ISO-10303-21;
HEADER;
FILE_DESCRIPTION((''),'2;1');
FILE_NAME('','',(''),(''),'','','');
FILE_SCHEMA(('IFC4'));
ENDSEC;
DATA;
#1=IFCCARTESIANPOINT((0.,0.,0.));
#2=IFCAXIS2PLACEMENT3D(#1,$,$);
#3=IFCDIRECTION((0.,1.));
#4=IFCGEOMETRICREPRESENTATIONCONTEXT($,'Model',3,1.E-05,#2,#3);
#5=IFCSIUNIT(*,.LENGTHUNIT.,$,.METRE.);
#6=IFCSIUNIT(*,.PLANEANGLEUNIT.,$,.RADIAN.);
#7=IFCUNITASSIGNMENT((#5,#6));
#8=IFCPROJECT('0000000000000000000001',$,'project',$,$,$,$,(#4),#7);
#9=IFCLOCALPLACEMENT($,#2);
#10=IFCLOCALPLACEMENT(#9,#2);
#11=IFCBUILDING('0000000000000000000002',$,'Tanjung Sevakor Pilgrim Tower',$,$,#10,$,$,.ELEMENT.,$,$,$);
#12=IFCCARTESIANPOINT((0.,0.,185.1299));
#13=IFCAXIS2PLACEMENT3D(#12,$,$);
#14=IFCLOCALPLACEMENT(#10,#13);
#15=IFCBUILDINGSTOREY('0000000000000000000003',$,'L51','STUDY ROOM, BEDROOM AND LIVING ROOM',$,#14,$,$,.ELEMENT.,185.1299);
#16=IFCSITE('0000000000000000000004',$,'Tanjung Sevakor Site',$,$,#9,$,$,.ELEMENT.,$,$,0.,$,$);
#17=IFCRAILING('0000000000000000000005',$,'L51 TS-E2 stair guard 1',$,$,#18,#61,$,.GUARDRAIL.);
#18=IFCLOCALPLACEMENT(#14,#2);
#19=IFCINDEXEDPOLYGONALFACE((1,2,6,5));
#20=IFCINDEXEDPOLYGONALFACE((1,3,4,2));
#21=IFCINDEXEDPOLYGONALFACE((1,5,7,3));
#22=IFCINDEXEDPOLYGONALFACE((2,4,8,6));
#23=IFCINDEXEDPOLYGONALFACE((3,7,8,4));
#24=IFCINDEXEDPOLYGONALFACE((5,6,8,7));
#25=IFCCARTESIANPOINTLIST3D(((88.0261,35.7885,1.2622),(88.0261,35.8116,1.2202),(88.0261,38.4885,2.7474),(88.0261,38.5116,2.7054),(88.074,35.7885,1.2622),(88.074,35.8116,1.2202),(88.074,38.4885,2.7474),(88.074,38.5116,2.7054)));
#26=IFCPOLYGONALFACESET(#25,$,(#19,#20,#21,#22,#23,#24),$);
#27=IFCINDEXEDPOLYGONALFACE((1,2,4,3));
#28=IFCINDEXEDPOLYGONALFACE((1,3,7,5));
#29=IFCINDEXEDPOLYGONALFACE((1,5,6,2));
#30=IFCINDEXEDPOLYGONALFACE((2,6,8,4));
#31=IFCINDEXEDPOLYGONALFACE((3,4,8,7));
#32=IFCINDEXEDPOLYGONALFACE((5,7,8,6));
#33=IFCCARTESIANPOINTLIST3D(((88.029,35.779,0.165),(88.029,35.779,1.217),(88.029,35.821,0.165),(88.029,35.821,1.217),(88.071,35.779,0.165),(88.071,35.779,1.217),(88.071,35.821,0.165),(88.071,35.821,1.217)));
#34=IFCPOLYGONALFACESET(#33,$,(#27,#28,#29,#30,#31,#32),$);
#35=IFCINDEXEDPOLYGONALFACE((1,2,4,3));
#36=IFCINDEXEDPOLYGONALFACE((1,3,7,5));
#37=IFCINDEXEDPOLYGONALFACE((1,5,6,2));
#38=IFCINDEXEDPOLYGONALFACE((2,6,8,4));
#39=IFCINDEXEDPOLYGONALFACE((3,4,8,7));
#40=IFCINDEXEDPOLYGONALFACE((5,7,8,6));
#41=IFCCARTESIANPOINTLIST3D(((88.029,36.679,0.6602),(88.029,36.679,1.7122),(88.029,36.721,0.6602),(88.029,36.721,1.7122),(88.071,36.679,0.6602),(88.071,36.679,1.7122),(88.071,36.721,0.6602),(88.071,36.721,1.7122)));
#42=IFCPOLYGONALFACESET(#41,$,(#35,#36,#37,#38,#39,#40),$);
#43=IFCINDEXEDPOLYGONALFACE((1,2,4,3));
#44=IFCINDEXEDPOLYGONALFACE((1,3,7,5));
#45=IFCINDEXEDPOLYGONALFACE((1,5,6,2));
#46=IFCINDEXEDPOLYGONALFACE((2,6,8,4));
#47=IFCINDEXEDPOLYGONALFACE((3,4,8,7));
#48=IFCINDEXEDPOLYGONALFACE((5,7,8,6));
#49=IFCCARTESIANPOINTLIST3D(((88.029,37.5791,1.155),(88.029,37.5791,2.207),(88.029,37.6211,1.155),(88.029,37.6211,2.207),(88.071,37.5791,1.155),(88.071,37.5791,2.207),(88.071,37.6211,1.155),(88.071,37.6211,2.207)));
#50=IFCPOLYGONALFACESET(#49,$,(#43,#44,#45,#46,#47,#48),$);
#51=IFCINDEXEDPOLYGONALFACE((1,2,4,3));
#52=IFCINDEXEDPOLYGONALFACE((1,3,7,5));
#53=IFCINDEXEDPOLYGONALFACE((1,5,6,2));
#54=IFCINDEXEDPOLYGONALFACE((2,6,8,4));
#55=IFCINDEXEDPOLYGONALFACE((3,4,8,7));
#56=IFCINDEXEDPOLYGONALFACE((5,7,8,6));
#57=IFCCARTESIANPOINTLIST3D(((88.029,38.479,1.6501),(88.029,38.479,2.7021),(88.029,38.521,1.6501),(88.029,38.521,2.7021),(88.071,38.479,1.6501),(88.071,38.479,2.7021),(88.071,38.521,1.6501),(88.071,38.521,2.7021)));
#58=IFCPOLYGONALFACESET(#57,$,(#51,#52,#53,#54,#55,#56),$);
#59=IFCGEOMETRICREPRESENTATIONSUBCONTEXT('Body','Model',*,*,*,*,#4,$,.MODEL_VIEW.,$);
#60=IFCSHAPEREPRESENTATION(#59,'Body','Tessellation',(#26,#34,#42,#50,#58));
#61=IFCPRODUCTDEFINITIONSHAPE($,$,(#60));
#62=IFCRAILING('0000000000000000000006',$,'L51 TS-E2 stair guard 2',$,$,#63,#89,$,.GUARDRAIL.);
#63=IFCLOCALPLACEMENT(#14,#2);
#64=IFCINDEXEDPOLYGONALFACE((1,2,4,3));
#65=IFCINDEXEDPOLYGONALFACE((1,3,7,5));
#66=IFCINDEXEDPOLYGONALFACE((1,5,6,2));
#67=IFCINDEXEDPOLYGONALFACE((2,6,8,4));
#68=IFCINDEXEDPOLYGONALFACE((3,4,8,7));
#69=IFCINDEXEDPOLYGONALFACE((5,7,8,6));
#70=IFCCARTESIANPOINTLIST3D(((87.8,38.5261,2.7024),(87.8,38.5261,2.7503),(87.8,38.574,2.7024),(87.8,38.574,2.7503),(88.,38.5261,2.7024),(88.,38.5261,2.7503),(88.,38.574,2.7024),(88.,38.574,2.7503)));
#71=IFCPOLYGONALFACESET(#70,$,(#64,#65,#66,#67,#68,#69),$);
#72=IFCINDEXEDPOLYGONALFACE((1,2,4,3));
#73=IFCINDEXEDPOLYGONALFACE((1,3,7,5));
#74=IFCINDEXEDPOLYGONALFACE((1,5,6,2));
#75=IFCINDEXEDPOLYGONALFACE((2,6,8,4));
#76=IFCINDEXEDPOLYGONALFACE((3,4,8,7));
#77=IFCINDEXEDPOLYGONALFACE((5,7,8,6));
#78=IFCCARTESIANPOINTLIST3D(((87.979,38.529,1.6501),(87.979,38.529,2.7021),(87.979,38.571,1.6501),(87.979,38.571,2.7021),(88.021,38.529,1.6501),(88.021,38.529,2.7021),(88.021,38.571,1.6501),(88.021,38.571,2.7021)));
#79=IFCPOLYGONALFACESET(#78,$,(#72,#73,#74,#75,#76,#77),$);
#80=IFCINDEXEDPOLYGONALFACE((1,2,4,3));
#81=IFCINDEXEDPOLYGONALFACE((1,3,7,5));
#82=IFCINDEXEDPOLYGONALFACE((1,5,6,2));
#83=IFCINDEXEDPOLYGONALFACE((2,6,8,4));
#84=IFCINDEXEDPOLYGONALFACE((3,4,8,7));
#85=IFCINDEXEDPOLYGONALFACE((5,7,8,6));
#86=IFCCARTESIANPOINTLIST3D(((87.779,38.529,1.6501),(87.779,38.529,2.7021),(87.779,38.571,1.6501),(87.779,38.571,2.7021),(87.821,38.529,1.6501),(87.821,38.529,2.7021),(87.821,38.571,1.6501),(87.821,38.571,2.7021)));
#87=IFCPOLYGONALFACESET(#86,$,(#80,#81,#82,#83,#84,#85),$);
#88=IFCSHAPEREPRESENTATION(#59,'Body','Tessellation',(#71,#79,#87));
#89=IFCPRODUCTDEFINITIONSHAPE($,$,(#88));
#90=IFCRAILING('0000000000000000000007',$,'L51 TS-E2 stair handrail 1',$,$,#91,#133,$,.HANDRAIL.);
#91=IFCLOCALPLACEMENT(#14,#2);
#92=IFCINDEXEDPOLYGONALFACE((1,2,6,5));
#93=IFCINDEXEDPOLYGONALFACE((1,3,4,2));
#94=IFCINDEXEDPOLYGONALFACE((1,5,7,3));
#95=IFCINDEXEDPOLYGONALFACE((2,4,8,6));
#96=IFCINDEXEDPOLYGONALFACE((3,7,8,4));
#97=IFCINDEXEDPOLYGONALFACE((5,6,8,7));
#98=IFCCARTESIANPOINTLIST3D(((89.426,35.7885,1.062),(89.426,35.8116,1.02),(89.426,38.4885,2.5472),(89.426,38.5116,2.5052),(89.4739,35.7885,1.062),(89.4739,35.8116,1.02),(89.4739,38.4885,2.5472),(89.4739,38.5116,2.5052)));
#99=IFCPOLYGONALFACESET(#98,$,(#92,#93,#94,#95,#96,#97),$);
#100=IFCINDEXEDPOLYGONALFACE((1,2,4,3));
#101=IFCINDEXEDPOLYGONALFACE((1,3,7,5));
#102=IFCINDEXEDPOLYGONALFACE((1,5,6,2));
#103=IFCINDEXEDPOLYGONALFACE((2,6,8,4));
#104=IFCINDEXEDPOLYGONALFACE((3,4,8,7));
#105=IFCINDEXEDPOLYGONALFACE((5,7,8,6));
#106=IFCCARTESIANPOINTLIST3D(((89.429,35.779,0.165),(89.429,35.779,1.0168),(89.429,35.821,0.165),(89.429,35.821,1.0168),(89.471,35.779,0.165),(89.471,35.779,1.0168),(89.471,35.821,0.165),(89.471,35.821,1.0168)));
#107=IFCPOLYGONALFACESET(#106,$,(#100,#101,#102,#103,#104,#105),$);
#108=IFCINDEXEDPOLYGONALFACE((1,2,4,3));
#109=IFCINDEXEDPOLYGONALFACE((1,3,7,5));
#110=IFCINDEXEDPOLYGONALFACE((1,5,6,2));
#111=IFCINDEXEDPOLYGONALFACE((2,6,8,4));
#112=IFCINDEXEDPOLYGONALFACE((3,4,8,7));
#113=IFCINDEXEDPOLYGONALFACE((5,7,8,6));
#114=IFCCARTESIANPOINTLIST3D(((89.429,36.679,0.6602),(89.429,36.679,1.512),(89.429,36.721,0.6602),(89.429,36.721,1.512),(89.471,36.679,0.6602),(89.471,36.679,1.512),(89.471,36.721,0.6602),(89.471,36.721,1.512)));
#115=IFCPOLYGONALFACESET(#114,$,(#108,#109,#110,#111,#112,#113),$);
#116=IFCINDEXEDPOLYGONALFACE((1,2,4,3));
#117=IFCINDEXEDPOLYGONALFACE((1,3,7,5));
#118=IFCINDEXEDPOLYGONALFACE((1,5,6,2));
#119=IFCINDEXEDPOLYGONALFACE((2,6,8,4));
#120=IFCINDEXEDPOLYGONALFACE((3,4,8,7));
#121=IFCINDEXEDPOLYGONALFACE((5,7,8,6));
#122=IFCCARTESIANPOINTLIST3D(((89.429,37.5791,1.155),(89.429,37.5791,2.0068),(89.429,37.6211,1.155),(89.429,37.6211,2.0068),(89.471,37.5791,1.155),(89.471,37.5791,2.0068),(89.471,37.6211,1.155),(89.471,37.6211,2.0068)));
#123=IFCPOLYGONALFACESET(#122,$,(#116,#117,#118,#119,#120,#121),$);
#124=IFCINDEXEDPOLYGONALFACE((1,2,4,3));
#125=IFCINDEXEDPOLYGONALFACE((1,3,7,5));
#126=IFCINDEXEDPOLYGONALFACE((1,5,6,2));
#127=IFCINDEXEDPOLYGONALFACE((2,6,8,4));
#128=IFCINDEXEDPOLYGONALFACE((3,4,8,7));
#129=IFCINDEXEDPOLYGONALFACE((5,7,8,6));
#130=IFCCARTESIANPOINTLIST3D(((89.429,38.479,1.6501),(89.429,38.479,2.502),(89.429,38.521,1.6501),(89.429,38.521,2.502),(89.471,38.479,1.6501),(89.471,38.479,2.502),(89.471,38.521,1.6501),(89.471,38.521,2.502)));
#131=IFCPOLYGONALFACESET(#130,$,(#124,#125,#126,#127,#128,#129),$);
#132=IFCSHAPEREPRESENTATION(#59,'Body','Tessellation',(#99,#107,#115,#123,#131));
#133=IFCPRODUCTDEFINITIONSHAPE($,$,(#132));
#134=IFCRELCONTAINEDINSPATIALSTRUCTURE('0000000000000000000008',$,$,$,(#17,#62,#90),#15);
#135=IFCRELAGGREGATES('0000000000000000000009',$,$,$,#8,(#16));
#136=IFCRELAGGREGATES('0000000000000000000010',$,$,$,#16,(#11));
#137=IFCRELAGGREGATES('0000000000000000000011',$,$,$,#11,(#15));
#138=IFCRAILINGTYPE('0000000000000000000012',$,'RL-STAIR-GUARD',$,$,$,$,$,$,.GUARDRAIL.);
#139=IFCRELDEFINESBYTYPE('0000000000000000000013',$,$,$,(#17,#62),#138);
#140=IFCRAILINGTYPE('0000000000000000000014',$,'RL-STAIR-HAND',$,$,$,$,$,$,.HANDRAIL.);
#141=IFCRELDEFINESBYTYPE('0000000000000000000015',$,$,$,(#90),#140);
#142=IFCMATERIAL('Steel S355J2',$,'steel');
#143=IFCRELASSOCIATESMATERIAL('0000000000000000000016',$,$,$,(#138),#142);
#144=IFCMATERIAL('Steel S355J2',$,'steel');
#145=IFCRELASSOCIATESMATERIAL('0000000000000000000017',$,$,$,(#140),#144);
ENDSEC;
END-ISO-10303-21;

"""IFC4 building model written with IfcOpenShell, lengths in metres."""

from ifc_helpers import new_model, si_unit, direction, frame, origin, place, context, subcontext, project, spatial, rectangle, extrude, material, type_object, element, save


model = new_model("IFC4")

# Units and contexts
model_context = context("Model", 3, precision=1e-05, world=origin(), true_north=direction((0.0, 1.0)))
body_context = subcontext(model_context, "Body", "Model", "MODEL_VIEW")
ifc_project = project(units=[si_unit("LENGTHUNIT", "METRE"), si_unit("PLANEANGLEUNIT", "RADIAN")], contexts=[model_context])

# Site, building, storey
site_placement = place(None, origin())
site = spatial("IfcSite", under=ifc_project, at=site_placement, Name="Tanjung Sevakor Site", CompositionType="ELEMENT", RefElevation=0.0)
building_placement = place(site_placement, origin())
building = spatial("IfcBuilding", under=site, at=building_placement, Name="Tanjung Sevakor Pilgrim Tower", CompositionType="ELEMENT")
storey_placement = place(building_placement, frame((0.0, 0.0, 185.1299)))
storey = spatial("IfcBuildingStorey", under=building, at=storey_placement, Name="L51", Description="STUDY ROOM, BEDROOM AND LIVING ROOM", CompositionType="ELEMENT", Elevation=185.1299)

# Railings
ifc_material_1 = material(Name="Steel S355J2", Category="steel")
railing_type_1 = type_object("IfcRailingType", Name="RL-STAIR-GUARD", PredefinedType="GUARDRAIL", material=ifc_material_1)
railing_1_placement = place(storey_placement, frame((88.05, 35.8, 0.165)))
element("IfcRailing", 1, at=railing_1_placement, inside=storey, type_object=railing_type_1, Name="L51 TS-E2 stair guard 1", PredefinedType="GUARDRAIL", context=body_context, shape_type="SweptSolid", body=[
    extrude(rectangle(XDim=0.0479, YDim=0.0479), frame((0.0, 0.0, 1.0762), z_axis=(0.0, 0.876198, 0.481952), x_axis=(-1.0, 0.0, 0.0)), (0.0, 0.0, 1.0), 3.0815),
    extrude(rectangle(XDim=0.042, YDim=0.042), origin(), (0.0, 0.0, 1.0), 1.052),
    extrude(rectangle(XDim=0.042, YDim=0.042), frame((0.0, 0.8999, 0.4951)), (0.0, 0.0, 1.0), 1.052),
    extrude(rectangle(XDim=0.042, YDim=0.042), frame((0.0, 1.8, 0.99)), (0.0, 0.0, 1.0), 1.052),
    extrude(rectangle(XDim=0.042, YDim=0.042), frame((0.0, 2.7, 1.4851)), (0.0, 0.0, 1.0), 1.052),
])
railing_2_placement = place(storey_placement, frame((88.0, 38.55, 1.6501)))
element("IfcRailing", 2, at=railing_2_placement, inside=storey, type_object=railing_type_1, Name="L51 TS-E2 stair guard 2", PredefinedType="GUARDRAIL", context=body_context, shape_type="SweptSolid", body=[
    extrude(rectangle(XDim=0.0479, YDim=0.0479), frame((0.0, 0.0, 1.0762), z_axis=(-1.0, 0.0, 0.0), x_axis=(0.0, -1.0, 0.0)), (0.0, 0.0, 1.0), 0.2),
    extrude(rectangle(XDim=0.042, YDim=0.042), origin(), (0.0, 0.0, 1.0), 1.052),
    extrude(rectangle(XDim=0.042, YDim=0.042), frame((-0.2, 0.0, 0.0)), (0.0, 0.0, 1.0), 1.052),
])
ifc_material_2 = material(Name="Steel S355J2", Category="steel")
railing_type_2 = type_object("IfcRailingType", Name="RL-STAIR-HAND", PredefinedType="HANDRAIL", material=ifc_material_2)
railing_3_placement = place(storey_placement, frame((89.45, 35.8, 0.165)))
element("IfcRailing", 3, at=railing_3_placement, inside=storey, type_object=railing_type_2, Name="L51 TS-E2 stair handrail 1", PredefinedType="HANDRAIL", context=body_context, shape_type="SweptSolid", body=[
    extrude(rectangle(XDim=0.0479, YDim=0.0479), frame((0.0, 0.0, 0.876), z_axis=(0.0, 0.876198, 0.481952), x_axis=(-1.0, 0.0, 0.0)), (0.0, 0.0, 1.0), 3.0815),
    extrude(rectangle(XDim=0.042, YDim=0.042), origin(), (0.0, 0.0, 1.0), 0.8518),
    extrude(rectangle(XDim=0.042, YDim=0.042), frame((0.0, 0.8999, 0.4951)), (0.0, 0.0, 1.0), 0.8518),
    extrude(rectangle(XDim=0.042, YDim=0.042), frame((0.0, 1.8, 0.99)), (0.0, 0.0, 1.0), 0.8518),
    extrude(rectangle(XDim=0.042, YDim=0.042), frame((0.0, 2.7, 1.4851)), (0.0, 0.0, 1.0), 0.8518),
])

save(model, "model.ifc")
